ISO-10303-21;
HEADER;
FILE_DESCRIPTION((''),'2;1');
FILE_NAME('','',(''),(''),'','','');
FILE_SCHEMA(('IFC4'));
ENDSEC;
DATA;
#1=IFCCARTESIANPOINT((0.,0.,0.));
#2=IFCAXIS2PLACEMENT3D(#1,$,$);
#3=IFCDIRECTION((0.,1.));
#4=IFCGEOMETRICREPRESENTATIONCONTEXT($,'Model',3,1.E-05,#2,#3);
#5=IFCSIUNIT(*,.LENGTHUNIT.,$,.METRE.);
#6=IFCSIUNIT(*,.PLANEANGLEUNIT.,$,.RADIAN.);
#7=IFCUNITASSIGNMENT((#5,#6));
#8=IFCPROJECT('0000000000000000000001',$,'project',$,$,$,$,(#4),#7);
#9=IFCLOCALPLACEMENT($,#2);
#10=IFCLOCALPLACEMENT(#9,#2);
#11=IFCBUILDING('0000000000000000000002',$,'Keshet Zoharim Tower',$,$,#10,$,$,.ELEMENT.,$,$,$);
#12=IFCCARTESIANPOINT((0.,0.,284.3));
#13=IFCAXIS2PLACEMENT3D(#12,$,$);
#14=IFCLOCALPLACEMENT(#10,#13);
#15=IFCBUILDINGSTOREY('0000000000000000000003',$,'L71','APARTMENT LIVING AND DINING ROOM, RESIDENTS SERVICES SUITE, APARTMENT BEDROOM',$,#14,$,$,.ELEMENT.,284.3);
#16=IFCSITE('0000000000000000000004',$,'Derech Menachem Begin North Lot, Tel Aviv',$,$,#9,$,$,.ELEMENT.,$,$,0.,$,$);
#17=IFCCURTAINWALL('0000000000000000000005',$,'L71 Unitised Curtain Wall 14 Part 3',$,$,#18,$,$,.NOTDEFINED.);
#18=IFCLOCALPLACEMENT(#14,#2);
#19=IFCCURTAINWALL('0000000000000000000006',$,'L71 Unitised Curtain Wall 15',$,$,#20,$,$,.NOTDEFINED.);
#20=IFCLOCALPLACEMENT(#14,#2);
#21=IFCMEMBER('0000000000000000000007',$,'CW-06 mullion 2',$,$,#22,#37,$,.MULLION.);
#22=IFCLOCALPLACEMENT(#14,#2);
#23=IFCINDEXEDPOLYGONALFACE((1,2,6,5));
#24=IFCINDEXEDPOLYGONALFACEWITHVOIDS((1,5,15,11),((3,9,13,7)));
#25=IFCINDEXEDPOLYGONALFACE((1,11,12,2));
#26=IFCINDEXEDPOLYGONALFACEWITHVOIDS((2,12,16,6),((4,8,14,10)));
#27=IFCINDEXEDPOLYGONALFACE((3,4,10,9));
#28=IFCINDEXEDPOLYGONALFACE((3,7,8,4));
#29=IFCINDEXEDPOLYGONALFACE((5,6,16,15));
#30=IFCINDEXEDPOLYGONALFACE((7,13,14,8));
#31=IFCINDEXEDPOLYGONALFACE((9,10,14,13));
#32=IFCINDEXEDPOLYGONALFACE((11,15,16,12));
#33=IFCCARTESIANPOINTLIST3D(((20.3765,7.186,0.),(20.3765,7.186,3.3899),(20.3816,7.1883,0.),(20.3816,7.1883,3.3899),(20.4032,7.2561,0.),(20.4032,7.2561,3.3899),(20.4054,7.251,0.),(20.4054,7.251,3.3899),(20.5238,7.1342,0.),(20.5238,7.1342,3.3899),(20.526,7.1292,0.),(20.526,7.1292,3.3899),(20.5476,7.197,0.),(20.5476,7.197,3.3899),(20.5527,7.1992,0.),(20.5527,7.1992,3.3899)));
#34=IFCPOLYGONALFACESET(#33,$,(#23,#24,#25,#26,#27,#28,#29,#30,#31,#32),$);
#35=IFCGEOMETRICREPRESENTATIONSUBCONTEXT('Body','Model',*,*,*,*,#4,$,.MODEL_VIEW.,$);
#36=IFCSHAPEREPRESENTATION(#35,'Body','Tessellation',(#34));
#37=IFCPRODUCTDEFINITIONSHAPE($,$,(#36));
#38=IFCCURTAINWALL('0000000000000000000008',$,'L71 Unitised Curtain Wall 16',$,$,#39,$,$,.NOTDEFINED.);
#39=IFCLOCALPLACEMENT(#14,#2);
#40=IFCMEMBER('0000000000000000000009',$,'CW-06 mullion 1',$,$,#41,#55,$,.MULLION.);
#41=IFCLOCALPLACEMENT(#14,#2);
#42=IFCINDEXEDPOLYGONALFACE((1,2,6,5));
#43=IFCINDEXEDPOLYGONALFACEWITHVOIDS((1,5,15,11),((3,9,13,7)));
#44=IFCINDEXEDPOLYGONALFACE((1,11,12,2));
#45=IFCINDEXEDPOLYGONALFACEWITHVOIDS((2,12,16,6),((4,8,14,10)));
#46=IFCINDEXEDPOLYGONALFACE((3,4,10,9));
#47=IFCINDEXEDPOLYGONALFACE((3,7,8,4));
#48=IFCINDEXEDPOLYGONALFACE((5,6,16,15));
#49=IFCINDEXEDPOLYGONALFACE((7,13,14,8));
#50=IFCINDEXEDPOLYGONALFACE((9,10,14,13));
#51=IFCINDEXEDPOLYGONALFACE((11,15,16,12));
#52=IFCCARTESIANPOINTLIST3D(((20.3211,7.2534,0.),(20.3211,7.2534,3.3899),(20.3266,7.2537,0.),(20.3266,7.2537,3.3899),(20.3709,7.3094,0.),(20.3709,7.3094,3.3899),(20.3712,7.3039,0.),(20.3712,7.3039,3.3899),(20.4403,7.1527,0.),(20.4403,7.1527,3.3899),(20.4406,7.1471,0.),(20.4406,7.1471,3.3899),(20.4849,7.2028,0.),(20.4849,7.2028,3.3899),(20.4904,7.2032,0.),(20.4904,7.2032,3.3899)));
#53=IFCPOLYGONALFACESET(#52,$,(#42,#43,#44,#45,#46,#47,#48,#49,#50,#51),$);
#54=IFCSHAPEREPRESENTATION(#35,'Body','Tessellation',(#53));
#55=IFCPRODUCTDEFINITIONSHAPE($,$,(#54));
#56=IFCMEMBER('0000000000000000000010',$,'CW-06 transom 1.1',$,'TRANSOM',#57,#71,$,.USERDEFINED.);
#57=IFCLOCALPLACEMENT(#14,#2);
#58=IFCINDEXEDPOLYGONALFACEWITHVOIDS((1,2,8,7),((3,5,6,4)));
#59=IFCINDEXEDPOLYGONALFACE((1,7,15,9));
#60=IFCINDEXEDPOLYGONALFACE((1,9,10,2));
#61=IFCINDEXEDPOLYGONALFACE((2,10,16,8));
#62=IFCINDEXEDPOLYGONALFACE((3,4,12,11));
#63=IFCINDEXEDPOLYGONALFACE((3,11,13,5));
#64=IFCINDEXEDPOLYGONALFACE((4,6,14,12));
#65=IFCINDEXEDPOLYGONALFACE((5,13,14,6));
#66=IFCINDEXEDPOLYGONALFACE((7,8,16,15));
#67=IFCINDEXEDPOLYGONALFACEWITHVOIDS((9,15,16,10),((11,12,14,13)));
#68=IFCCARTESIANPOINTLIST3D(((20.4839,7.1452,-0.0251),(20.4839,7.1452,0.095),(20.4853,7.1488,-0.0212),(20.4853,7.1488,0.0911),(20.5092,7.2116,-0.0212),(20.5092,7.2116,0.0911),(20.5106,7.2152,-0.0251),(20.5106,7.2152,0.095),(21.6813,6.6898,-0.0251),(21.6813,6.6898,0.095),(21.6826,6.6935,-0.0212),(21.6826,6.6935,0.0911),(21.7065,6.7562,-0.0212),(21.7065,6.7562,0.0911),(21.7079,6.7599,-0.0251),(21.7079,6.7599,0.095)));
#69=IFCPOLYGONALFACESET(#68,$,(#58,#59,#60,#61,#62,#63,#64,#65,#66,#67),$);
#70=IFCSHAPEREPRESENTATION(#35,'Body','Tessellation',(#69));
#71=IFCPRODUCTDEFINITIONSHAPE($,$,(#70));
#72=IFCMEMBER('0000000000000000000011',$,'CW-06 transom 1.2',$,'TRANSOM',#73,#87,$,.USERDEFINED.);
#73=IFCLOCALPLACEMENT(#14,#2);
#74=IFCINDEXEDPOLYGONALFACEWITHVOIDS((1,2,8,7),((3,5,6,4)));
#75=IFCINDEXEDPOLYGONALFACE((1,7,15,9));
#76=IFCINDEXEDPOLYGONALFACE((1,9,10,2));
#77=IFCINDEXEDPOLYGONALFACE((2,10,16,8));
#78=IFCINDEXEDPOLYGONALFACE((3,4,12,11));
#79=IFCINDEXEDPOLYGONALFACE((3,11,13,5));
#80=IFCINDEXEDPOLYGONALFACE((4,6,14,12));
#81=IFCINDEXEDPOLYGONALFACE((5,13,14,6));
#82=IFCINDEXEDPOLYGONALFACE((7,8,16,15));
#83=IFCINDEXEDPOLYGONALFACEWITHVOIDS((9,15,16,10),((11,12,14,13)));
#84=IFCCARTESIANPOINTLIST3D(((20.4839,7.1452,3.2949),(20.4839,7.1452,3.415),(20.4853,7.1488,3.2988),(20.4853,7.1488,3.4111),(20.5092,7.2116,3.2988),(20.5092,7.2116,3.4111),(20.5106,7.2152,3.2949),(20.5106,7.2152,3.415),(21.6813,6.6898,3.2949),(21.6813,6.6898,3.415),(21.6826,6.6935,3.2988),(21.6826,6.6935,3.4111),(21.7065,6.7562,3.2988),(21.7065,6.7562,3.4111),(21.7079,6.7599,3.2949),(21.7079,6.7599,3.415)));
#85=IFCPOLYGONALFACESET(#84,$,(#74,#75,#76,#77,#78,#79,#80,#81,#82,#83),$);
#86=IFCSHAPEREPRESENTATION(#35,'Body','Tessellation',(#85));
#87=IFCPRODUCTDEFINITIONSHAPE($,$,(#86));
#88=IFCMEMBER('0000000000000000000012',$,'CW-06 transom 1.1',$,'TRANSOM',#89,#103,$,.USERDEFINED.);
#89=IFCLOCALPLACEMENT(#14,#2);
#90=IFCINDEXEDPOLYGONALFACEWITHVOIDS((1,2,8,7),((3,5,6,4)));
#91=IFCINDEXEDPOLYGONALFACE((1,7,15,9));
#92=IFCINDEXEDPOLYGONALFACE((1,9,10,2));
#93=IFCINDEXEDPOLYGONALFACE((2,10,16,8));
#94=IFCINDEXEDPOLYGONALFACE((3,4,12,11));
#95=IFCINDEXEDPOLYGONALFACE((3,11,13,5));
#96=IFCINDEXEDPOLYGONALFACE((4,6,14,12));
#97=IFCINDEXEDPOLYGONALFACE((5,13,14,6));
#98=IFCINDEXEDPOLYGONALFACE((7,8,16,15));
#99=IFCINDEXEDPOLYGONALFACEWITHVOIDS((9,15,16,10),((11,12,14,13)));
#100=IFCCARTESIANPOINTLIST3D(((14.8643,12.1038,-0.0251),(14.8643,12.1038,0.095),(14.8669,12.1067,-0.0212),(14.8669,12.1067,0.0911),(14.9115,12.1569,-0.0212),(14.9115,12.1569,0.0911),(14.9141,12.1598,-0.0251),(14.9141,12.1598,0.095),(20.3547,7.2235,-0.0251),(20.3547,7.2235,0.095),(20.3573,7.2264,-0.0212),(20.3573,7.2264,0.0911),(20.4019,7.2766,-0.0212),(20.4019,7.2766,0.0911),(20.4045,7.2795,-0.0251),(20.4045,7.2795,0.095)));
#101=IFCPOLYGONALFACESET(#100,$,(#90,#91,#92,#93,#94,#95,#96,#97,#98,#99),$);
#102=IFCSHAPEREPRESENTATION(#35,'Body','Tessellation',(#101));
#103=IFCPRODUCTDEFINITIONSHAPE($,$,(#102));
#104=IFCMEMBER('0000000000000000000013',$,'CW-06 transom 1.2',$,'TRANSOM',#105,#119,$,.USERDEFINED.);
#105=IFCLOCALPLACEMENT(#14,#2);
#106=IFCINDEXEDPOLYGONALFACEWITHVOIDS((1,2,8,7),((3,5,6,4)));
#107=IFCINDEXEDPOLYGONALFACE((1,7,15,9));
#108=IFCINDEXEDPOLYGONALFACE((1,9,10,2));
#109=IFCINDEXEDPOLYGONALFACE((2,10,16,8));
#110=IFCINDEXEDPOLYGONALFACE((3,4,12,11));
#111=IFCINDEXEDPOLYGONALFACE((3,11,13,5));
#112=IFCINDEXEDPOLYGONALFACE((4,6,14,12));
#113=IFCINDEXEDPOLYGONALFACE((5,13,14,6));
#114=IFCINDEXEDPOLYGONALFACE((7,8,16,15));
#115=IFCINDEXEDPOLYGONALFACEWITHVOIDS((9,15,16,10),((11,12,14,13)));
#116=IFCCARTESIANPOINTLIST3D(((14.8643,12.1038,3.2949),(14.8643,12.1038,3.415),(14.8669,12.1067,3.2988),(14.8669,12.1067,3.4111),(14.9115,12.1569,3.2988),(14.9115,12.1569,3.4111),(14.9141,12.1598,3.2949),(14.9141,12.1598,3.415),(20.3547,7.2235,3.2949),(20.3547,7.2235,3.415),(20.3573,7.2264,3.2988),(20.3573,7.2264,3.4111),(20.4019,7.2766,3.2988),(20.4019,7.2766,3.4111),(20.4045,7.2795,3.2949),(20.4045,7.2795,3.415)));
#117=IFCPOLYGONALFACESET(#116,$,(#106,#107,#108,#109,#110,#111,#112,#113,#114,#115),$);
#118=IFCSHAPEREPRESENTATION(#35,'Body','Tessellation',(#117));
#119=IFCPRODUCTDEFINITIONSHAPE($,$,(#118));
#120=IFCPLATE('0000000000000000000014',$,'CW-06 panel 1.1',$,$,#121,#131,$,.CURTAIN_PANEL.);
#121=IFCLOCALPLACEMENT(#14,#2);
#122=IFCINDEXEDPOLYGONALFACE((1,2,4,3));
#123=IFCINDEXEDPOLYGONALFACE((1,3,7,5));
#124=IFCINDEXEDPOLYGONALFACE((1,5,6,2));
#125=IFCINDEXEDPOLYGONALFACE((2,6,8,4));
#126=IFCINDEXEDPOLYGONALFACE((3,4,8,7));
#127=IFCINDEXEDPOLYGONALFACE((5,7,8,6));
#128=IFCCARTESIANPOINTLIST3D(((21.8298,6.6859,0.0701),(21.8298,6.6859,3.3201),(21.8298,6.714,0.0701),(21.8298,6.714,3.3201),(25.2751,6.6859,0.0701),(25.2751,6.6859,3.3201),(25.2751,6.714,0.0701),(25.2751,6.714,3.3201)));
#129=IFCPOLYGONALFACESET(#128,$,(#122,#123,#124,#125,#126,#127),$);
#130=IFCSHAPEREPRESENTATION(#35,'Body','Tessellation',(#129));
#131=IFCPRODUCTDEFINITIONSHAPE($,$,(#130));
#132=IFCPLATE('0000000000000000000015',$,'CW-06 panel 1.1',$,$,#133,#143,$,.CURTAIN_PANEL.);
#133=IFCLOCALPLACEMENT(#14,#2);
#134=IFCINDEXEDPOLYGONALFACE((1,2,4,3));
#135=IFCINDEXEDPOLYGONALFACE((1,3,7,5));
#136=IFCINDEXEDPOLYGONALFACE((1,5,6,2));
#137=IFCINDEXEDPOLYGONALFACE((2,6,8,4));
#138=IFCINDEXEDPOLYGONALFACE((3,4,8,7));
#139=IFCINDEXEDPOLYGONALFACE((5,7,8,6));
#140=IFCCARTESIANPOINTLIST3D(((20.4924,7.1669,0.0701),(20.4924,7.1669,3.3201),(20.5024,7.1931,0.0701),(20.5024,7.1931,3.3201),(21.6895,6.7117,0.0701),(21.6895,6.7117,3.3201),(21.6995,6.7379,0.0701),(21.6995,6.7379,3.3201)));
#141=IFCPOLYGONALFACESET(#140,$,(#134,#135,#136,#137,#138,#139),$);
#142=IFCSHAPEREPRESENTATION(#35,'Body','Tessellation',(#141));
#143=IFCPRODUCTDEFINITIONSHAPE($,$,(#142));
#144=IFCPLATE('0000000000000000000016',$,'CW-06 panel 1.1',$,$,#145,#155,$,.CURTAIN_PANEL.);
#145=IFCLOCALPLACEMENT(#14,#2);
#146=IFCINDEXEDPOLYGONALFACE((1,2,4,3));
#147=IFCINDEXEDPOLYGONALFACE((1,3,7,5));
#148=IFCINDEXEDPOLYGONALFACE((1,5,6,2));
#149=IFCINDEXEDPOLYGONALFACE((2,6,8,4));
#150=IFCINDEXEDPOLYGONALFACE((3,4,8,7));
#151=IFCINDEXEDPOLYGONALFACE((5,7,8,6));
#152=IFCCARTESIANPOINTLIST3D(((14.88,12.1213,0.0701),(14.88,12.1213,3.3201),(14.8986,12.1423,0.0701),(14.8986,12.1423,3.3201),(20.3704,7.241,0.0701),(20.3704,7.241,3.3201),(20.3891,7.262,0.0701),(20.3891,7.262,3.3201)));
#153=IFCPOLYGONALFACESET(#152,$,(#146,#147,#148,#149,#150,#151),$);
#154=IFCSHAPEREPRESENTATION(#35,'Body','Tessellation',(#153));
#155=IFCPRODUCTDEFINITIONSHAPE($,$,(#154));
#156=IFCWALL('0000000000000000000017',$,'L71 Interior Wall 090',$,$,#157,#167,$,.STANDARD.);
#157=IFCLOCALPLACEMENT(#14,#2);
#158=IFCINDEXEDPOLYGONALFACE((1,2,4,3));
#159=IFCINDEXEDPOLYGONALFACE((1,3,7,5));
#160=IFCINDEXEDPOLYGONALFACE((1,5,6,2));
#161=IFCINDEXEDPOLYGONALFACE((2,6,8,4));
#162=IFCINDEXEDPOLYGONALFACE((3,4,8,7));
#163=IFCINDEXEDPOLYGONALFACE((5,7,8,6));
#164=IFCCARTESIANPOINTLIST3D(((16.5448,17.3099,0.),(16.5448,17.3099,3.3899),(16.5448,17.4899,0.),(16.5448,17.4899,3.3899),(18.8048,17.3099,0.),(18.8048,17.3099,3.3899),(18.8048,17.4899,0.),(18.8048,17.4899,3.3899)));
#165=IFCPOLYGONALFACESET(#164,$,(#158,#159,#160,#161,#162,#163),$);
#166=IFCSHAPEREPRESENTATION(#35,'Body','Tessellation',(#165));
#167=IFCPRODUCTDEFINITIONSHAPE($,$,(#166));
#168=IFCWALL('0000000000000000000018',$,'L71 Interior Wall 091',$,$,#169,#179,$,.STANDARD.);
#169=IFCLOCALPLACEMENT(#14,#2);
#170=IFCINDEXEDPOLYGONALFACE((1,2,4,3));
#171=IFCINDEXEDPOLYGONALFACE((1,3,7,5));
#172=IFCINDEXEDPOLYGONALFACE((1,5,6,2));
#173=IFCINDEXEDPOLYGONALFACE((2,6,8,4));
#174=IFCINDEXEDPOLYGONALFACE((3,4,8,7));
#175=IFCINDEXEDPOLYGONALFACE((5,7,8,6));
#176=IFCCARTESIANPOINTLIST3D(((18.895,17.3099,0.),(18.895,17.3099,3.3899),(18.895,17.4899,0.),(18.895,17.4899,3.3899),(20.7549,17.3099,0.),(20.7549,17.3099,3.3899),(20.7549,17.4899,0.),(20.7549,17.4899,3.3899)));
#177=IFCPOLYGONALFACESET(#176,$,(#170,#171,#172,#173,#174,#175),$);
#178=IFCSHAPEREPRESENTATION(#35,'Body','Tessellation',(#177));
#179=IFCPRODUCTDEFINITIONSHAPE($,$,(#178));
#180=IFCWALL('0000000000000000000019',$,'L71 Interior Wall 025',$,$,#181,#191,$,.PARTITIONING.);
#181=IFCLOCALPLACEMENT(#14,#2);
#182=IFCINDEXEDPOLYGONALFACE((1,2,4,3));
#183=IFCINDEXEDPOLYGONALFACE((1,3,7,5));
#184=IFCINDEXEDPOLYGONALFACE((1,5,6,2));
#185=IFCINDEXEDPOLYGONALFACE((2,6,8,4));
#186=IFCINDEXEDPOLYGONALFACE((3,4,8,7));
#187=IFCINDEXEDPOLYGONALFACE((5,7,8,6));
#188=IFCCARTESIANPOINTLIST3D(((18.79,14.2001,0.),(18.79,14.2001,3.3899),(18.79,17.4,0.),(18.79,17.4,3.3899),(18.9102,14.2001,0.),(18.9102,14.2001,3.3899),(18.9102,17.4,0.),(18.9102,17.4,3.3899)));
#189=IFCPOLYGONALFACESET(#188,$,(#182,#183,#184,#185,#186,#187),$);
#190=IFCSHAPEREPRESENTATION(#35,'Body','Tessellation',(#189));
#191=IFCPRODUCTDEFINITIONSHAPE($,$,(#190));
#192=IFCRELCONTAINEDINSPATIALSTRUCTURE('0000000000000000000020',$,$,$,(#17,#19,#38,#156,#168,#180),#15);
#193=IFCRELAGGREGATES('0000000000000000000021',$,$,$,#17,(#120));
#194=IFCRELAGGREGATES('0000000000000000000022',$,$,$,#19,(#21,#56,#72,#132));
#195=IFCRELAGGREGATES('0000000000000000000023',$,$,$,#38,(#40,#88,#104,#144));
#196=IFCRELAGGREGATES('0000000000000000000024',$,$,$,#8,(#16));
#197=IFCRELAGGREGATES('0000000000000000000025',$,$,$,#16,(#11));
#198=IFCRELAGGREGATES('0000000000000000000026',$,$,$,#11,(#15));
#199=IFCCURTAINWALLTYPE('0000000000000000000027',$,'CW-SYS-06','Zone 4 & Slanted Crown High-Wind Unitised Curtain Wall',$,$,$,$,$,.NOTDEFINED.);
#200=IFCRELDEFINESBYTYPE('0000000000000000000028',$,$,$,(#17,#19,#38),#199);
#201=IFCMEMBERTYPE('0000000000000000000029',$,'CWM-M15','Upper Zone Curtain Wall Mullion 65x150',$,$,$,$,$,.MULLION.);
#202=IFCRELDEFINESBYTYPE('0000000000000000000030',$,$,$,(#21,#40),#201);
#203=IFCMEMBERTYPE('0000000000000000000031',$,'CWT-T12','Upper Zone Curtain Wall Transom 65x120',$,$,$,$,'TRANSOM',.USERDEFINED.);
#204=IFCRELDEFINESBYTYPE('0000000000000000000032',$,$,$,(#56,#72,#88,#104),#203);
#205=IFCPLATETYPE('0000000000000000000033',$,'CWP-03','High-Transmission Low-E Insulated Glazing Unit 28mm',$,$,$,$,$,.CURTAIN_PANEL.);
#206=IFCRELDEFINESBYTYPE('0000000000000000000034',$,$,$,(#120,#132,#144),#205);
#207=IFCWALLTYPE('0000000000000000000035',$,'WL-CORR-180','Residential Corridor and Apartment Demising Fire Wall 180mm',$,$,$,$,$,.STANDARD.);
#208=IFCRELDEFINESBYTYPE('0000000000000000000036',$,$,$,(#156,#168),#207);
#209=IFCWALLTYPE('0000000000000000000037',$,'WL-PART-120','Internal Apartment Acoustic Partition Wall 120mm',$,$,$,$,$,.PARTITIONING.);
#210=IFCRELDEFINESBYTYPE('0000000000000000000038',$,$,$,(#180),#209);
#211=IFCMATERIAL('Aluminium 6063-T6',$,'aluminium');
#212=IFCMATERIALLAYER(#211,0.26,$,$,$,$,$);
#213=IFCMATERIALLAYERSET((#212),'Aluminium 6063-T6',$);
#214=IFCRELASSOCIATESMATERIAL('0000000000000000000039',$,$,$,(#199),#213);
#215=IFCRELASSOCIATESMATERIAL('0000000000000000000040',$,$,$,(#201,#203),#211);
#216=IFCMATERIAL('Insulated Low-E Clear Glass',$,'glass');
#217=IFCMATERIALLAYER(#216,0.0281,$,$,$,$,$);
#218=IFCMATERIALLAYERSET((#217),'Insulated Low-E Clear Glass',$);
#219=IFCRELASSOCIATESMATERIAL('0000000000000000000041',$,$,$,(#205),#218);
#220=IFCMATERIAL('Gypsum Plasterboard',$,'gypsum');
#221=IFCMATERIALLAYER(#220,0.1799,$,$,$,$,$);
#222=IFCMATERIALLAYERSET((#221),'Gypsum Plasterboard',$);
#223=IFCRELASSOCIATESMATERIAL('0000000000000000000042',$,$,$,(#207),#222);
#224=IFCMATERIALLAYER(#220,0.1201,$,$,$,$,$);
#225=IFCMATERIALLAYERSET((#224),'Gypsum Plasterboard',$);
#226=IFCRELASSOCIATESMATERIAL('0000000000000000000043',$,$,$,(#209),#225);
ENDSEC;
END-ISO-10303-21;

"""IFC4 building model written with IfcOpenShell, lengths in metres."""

from ifc_helpers import new_model, si_unit, direction, frame, frame_2d, origin, origin_2d, place, context, subcontext, project, spatial, rectangle, hollow_rectangle, extrude, material, layer, layer_set, material_profile, profile_set, type_object, element, aggregate, save


model = new_model("IFC4")

# Units and contexts
model_context = context("Model", 3, precision=1e-05, world=origin(), true_north=direction((0.0, 1.0)))
body_context = subcontext(model_context, "Body", "Model", "MODEL_VIEW")
ifc_project = project(units=[si_unit("LENGTHUNIT", "METRE"), si_unit("PLANEANGLEUNIT", "RADIAN")], contexts=[model_context])

# Site, building, storey
site_placement = place(None, origin())
site = spatial("IfcSite", under=ifc_project, at=site_placement, Name="Derech Menachem Begin North Lot, Tel Aviv", CompositionType="ELEMENT", RefElevation=0.0)
building_placement = place(site_placement, origin())
building = spatial("IfcBuilding", under=site, at=building_placement, Name="Keshet Zoharim Tower", CompositionType="ELEMENT")
storey_placement = place(building_placement, frame((0.0, 0.0, 284.3)))
storey = spatial("IfcBuildingStorey", under=building, at=storey_placement, Name="L71", Description="APARTMENT LIVING AND DINING ROOM, RESIDENTS SERVICES SUITE, APARTMENT BEDROOM", CompositionType="ELEMENT", Elevation=284.3)

# Curtain wall
ifc_material_1 = material(Name="Aluminium 6063-T6", Category="aluminium")
ifc_layer_1 = layer(ifc_material_1, 0.26)
ifc_layer_set_1 = layer_set([ifc_layer_1], Name="Aluminium 6063-T6")
curtain_wall_type = type_object("IfcCurtainWallType", Name="CW-SYS-06", Description="Zone 4 & Slanted Crown High-Wind Unitised Curtain Wall", PredefinedType="NOTDEFINED", material=ifc_layer_set_1)
curtain_wall_1_placement = place(storey_placement, origin())
curtain_wall_1 = element("IfcCurtainWall", 1, at=curtain_wall_1_placement, inside=storey, type_object=curtain_wall_type, Name="L71 Unitised Curtain Wall 14 Part 3", PredefinedType="NOTDEFINED")
ifc_material_profile_1 = material_profile(ifc_material_1, hollow_rectangle(XDim=0.075, YDim=0.1599, WallThickness=0.0039, at=origin_2d()), Name="MUL-75x160")
ifc_profile_set_1 = profile_set([ifc_material_profile_1], Name="Aluminium 6063-T6")
member_type_1 = type_object("IfcMemberType", Name="CWM-M15", Description="Upper Zone Curtain Wall Mullion 65x150", PredefinedType="MULLION", material=ifc_profile_set_1)

# Curtain wall, member
curtain_wall_2_placement = place(storey_placement, origin())
curtain_wall_2 = element("IfcCurtainWall", 2, at=curtain_wall_2_placement, inside=storey, type_object=curtain_wall_type, Name="L71 Unitised Curtain Wall 15", PredefinedType="NOTDEFINED")
member_1_placement = place(storey_placement, frame((20.4646, 7.1926, 0.0), z_axis=(0.0, 0.0, 1.0), x_axis=(-0.355439, -0.934699, 0.0)))
member_1 = element("IfcMember", 3, at=member_1_placement, type_object=member_type_1, Name="CW-06 mullion 2", PredefinedType="MULLION", context=body_context, shape_type="SweptSolid", body=[
    extrude(hollow_rectangle(XDim=0.075, YDim=0.1599, WallThickness=0.0039, at=origin_2d()), origin(), (0.0, 0.0, 1.0), 3.3899),
])

# Curtain wall, member
curtain_wall_3_placement = place(storey_placement, origin())
curtain_wall_3 = element("IfcCurtainWall", 4, at=curtain_wall_3_placement, inside=storey, type_object=curtain_wall_type, Name="L71 Unitised Curtain Wall 16", PredefinedType="NOTDEFINED")
member_2_placement = place(storey_placement, frame((20.4058, 7.2283, 0.0), z_axis=(0.0, 0.0, 1.0), x_axis=(-0.664362, -0.747411, 0.0)))
member_2 = element("IfcMember", 5, at=member_2_placement, type_object=member_type_1, Name="CW-06 mullion 1", PredefinedType="MULLION", context=body_context, shape_type="SweptSolid", body=[
    extrude(hollow_rectangle(XDim=0.075, YDim=0.1599, WallThickness=0.0039, at=origin_2d()), origin(), (0.0, 0.0, 1.0), 3.3899),
])

# Members
ifc_material_profile_2 = material_profile(ifc_material_1, hollow_rectangle(XDim=0.075, YDim=0.1201, WallThickness=0.0039, at=origin_2d()), Name="TRN-75x120")
ifc_profile_set_2 = profile_set([ifc_material_profile_2], Name="Aluminium 6063-T6")
member_type_2 = type_object("IfcMemberType", Name="CWT-T12", Description="Upper Zone Curtain Wall Transom 65x120", ElementType="TRANSOM", PredefinedType="USERDEFINED", material=ifc_profile_set_2)
member_3_placement = place(storey_placement, frame((21.6946, 6.7249, 0.0349), z_axis=(-0.93469, 0.355464, 0.0), x_axis=(-0.355464, -0.93469, 0.0)))
member_3 = element("IfcMember", 6, at=member_3_placement, type_object=member_type_2, Name="CW-06 transom 1.1", ObjectType="TRANSOM", PredefinedType="USERDEFINED", context=body_context, shape_type="SweptSolid", body=[
    extrude(hollow_rectangle(XDim=0.075, YDim=0.1201, WallThickness=0.0039, at=origin_2d()), origin(), (0.0, 0.0, 1.0), 1.281),
])
member_4_placement = place(storey_placement, frame((21.6946, 6.7249, 3.355), z_axis=(-0.93469, 0.355464, 0.0), x_axis=(-0.355464, -0.93469, 0.0)))
member_4 = element("IfcMember", 7, at=member_4_placement, type_object=member_type_2, Name="CW-06 transom 1.2", ObjectType="TRANSOM", PredefinedType="USERDEFINED", context=body_context, shape_type="SweptSolid", body=[
    extrude(hollow_rectangle(XDim=0.075, YDim=0.1201, WallThickness=0.0039, at=origin_2d()), origin(), (0.0, 0.0, 1.0), 1.281),
])
member_5_placement = place(storey_placement, frame((20.3796, 7.2515, 0.0349), z_axis=(-0.747413, 0.66436, 0.0), x_axis=(-0.66436, -0.747413, 0.0)))
member_5 = element("IfcMember", 8, at=member_5_placement, type_object=member_type_2, Name="CW-06 transom 1.1", ObjectType="TRANSOM", PredefinedType="USERDEFINED", context=body_context, shape_type="SweptSolid", body=[
    extrude(hollow_rectangle(XDim=0.075, YDim=0.1201, WallThickness=0.0039, at=origin_2d()), origin(), (0.0, 0.0, 1.0), 7.3459),
])
member_6_placement = place(storey_placement, frame((20.3796, 7.2515, 3.355), z_axis=(-0.747413, 0.66436, 0.0), x_axis=(-0.66436, -0.747413, 0.0)))
member_6 = element("IfcMember", 9, at=member_6_placement, type_object=member_type_2, Name="CW-06 transom 1.2", ObjectType="TRANSOM", PredefinedType="USERDEFINED", context=body_context, shape_type="SweptSolid", body=[
    extrude(hollow_rectangle(XDim=0.075, YDim=0.1201, WallThickness=0.0039, at=origin_2d()), origin(), (0.0, 0.0, 1.0), 7.3459),
])

# Plates
ifc_material_2 = material(Name="Insulated Low-E Clear Glass", Category="glass")
ifc_layer_2 = layer(ifc_material_2, 0.0281)
ifc_layer_set_2 = layer_set([ifc_layer_2], Name="Insulated Low-E Clear Glass")
plate_type = type_object("IfcPlateType", Name="CWP-03", Description="High-Transmission Low-E Insulated Glazing Unit 28mm", PredefinedType="CURTAIN_PANEL", material=ifc_layer_set_2)
plate_1_placement = place(storey_placement, frame((23.5525, 6.7, 0.0701), z_axis=(0.0, 0.0, 1.0), x_axis=(-1.0, 0.0, 0.0)))
plate_1 = element("IfcPlate", 10, at=plate_1_placement, type_object=plate_type, Name="CW-06 panel 1.1", PredefinedType="CURTAIN_PANEL", context=body_context, shape_type="SweptSolid", body=[
    extrude(rectangle(XDim=3.4453, YDim=0.0281, at=origin_2d()), origin(), (0.0, 0.0, 1.0), 3.25),
])
aggregate(curtain_wall_1, [plate_1])
plate_2_placement = place(storey_placement, frame((21.0959, 6.9524, 0.0701), z_axis=(0.0, 0.0, 1.0), x_axis=(-0.934699, 0.355439, 0.0)))
plate_2 = element("IfcPlate", 11, at=plate_2_placement, type_object=plate_type, Name="CW-06 panel 1.1", PredefinedType="CURTAIN_PANEL", context=body_context, shape_type="SweptSolid", body=[
    extrude(rectangle(XDim=1.2808, YDim=0.0281, at=origin_2d()), origin(), (0.0, 0.0, 1.0), 3.25),
])
aggregate(curtain_wall_2, [member_1, member_3, member_4, plate_2])
plate_3_placement = place(storey_placement, frame((17.6345, 9.6917, 0.0701), z_axis=(0.0, 0.0, 1.0), x_axis=(-0.747411, 0.664362, 0.0)))
plate_3 = element("IfcPlate", 12, at=plate_3_placement, type_object=plate_type, Name="CW-06 panel 1.1", PredefinedType="CURTAIN_PANEL", context=body_context, shape_type="SweptSolid", body=[
    extrude(rectangle(XDim=7.3459, YDim=0.0281, at=origin_2d()), origin(), (0.0, 0.0, 1.0), 3.25),
])
aggregate(curtain_wall_3, [member_2, member_5, member_6, plate_3])

# Shared definitions
ifc_material_3 = material(Name="Gypsum Plasterboard", Category="gypsum")

# Walls
ifc_layer_3 = layer(ifc_material_3, 0.1799)
ifc_layer_set_3 = layer_set([ifc_layer_3], Name="Gypsum Plasterboard")
wall_type_1 = type_object("IfcWallType", Name="WL-CORR-180", Description="Residential Corridor and Apartment Demising Fire Wall 180mm", PredefinedType="STANDARD", material=ifc_layer_set_3)
wall_1_placement = place(storey_placement, frame((16.5449, 17.3999, 0.0), z_axis=(0.0, 0.0, 1.0), x_axis=(1.0, 0.0, 0.0)))
element("IfcWall", 13, at=wall_1_placement, inside=storey, type_object=wall_type_1, Name="L71 Interior Wall 090", PredefinedType="STANDARD", context=body_context, shape_type="SweptSolid", body=[
    extrude(rectangle(XDim=2.26, YDim=0.1799, at=frame_2d((1.1299, 0.0))), origin(), (0.0, 0.0, 1.0), 3.3899),
])
wall_2_placement = place(storey_placement, frame((18.895, 17.3999, 0.0), z_axis=(0.0, 0.0, 1.0), x_axis=(1.0, 0.0, 0.0)))
element("IfcWall", 14, at=wall_2_placement, inside=storey, type_object=wall_type_1, Name="L71 Interior Wall 091", PredefinedType="STANDARD", context=body_context, shape_type="SweptSolid", body=[
    extrude(rectangle(XDim=1.8599, YDim=0.1799, at=frame_2d((0.9299, 0.0))), origin(), (0.0, 0.0, 1.0), 3.3899),
])
ifc_layer_4 = layer(ifc_material_3, 0.1201)
ifc_layer_set_4 = layer_set([ifc_layer_4], Name="Gypsum Plasterboard")
wall_type_2 = type_object("IfcWallType", Name="WL-PART-120", Description="Internal Apartment Acoustic Partition Wall 120mm", PredefinedType="PARTITIONING", material=ifc_layer_set_4)
wall_3_placement = place(storey_placement, frame((18.8501, 14.2, 0.0), z_axis=(0.0, 0.0, 1.0), x_axis=(0.0, 1.0, 0.0)))
element("IfcWall", 15, at=wall_3_placement, inside=storey, type_object=wall_type_2, Name="L71 Interior Wall 025", PredefinedType="PARTITIONING", context=body_context, shape_type="SweptSolid", body=[
    extrude(rectangle(XDim=3.2, YDim=0.1201, at=frame_2d((1.6001, 0.0))), origin(), (0.0, 0.0, 1.0), 3.3899),
])

save(model, "model.ifc")
